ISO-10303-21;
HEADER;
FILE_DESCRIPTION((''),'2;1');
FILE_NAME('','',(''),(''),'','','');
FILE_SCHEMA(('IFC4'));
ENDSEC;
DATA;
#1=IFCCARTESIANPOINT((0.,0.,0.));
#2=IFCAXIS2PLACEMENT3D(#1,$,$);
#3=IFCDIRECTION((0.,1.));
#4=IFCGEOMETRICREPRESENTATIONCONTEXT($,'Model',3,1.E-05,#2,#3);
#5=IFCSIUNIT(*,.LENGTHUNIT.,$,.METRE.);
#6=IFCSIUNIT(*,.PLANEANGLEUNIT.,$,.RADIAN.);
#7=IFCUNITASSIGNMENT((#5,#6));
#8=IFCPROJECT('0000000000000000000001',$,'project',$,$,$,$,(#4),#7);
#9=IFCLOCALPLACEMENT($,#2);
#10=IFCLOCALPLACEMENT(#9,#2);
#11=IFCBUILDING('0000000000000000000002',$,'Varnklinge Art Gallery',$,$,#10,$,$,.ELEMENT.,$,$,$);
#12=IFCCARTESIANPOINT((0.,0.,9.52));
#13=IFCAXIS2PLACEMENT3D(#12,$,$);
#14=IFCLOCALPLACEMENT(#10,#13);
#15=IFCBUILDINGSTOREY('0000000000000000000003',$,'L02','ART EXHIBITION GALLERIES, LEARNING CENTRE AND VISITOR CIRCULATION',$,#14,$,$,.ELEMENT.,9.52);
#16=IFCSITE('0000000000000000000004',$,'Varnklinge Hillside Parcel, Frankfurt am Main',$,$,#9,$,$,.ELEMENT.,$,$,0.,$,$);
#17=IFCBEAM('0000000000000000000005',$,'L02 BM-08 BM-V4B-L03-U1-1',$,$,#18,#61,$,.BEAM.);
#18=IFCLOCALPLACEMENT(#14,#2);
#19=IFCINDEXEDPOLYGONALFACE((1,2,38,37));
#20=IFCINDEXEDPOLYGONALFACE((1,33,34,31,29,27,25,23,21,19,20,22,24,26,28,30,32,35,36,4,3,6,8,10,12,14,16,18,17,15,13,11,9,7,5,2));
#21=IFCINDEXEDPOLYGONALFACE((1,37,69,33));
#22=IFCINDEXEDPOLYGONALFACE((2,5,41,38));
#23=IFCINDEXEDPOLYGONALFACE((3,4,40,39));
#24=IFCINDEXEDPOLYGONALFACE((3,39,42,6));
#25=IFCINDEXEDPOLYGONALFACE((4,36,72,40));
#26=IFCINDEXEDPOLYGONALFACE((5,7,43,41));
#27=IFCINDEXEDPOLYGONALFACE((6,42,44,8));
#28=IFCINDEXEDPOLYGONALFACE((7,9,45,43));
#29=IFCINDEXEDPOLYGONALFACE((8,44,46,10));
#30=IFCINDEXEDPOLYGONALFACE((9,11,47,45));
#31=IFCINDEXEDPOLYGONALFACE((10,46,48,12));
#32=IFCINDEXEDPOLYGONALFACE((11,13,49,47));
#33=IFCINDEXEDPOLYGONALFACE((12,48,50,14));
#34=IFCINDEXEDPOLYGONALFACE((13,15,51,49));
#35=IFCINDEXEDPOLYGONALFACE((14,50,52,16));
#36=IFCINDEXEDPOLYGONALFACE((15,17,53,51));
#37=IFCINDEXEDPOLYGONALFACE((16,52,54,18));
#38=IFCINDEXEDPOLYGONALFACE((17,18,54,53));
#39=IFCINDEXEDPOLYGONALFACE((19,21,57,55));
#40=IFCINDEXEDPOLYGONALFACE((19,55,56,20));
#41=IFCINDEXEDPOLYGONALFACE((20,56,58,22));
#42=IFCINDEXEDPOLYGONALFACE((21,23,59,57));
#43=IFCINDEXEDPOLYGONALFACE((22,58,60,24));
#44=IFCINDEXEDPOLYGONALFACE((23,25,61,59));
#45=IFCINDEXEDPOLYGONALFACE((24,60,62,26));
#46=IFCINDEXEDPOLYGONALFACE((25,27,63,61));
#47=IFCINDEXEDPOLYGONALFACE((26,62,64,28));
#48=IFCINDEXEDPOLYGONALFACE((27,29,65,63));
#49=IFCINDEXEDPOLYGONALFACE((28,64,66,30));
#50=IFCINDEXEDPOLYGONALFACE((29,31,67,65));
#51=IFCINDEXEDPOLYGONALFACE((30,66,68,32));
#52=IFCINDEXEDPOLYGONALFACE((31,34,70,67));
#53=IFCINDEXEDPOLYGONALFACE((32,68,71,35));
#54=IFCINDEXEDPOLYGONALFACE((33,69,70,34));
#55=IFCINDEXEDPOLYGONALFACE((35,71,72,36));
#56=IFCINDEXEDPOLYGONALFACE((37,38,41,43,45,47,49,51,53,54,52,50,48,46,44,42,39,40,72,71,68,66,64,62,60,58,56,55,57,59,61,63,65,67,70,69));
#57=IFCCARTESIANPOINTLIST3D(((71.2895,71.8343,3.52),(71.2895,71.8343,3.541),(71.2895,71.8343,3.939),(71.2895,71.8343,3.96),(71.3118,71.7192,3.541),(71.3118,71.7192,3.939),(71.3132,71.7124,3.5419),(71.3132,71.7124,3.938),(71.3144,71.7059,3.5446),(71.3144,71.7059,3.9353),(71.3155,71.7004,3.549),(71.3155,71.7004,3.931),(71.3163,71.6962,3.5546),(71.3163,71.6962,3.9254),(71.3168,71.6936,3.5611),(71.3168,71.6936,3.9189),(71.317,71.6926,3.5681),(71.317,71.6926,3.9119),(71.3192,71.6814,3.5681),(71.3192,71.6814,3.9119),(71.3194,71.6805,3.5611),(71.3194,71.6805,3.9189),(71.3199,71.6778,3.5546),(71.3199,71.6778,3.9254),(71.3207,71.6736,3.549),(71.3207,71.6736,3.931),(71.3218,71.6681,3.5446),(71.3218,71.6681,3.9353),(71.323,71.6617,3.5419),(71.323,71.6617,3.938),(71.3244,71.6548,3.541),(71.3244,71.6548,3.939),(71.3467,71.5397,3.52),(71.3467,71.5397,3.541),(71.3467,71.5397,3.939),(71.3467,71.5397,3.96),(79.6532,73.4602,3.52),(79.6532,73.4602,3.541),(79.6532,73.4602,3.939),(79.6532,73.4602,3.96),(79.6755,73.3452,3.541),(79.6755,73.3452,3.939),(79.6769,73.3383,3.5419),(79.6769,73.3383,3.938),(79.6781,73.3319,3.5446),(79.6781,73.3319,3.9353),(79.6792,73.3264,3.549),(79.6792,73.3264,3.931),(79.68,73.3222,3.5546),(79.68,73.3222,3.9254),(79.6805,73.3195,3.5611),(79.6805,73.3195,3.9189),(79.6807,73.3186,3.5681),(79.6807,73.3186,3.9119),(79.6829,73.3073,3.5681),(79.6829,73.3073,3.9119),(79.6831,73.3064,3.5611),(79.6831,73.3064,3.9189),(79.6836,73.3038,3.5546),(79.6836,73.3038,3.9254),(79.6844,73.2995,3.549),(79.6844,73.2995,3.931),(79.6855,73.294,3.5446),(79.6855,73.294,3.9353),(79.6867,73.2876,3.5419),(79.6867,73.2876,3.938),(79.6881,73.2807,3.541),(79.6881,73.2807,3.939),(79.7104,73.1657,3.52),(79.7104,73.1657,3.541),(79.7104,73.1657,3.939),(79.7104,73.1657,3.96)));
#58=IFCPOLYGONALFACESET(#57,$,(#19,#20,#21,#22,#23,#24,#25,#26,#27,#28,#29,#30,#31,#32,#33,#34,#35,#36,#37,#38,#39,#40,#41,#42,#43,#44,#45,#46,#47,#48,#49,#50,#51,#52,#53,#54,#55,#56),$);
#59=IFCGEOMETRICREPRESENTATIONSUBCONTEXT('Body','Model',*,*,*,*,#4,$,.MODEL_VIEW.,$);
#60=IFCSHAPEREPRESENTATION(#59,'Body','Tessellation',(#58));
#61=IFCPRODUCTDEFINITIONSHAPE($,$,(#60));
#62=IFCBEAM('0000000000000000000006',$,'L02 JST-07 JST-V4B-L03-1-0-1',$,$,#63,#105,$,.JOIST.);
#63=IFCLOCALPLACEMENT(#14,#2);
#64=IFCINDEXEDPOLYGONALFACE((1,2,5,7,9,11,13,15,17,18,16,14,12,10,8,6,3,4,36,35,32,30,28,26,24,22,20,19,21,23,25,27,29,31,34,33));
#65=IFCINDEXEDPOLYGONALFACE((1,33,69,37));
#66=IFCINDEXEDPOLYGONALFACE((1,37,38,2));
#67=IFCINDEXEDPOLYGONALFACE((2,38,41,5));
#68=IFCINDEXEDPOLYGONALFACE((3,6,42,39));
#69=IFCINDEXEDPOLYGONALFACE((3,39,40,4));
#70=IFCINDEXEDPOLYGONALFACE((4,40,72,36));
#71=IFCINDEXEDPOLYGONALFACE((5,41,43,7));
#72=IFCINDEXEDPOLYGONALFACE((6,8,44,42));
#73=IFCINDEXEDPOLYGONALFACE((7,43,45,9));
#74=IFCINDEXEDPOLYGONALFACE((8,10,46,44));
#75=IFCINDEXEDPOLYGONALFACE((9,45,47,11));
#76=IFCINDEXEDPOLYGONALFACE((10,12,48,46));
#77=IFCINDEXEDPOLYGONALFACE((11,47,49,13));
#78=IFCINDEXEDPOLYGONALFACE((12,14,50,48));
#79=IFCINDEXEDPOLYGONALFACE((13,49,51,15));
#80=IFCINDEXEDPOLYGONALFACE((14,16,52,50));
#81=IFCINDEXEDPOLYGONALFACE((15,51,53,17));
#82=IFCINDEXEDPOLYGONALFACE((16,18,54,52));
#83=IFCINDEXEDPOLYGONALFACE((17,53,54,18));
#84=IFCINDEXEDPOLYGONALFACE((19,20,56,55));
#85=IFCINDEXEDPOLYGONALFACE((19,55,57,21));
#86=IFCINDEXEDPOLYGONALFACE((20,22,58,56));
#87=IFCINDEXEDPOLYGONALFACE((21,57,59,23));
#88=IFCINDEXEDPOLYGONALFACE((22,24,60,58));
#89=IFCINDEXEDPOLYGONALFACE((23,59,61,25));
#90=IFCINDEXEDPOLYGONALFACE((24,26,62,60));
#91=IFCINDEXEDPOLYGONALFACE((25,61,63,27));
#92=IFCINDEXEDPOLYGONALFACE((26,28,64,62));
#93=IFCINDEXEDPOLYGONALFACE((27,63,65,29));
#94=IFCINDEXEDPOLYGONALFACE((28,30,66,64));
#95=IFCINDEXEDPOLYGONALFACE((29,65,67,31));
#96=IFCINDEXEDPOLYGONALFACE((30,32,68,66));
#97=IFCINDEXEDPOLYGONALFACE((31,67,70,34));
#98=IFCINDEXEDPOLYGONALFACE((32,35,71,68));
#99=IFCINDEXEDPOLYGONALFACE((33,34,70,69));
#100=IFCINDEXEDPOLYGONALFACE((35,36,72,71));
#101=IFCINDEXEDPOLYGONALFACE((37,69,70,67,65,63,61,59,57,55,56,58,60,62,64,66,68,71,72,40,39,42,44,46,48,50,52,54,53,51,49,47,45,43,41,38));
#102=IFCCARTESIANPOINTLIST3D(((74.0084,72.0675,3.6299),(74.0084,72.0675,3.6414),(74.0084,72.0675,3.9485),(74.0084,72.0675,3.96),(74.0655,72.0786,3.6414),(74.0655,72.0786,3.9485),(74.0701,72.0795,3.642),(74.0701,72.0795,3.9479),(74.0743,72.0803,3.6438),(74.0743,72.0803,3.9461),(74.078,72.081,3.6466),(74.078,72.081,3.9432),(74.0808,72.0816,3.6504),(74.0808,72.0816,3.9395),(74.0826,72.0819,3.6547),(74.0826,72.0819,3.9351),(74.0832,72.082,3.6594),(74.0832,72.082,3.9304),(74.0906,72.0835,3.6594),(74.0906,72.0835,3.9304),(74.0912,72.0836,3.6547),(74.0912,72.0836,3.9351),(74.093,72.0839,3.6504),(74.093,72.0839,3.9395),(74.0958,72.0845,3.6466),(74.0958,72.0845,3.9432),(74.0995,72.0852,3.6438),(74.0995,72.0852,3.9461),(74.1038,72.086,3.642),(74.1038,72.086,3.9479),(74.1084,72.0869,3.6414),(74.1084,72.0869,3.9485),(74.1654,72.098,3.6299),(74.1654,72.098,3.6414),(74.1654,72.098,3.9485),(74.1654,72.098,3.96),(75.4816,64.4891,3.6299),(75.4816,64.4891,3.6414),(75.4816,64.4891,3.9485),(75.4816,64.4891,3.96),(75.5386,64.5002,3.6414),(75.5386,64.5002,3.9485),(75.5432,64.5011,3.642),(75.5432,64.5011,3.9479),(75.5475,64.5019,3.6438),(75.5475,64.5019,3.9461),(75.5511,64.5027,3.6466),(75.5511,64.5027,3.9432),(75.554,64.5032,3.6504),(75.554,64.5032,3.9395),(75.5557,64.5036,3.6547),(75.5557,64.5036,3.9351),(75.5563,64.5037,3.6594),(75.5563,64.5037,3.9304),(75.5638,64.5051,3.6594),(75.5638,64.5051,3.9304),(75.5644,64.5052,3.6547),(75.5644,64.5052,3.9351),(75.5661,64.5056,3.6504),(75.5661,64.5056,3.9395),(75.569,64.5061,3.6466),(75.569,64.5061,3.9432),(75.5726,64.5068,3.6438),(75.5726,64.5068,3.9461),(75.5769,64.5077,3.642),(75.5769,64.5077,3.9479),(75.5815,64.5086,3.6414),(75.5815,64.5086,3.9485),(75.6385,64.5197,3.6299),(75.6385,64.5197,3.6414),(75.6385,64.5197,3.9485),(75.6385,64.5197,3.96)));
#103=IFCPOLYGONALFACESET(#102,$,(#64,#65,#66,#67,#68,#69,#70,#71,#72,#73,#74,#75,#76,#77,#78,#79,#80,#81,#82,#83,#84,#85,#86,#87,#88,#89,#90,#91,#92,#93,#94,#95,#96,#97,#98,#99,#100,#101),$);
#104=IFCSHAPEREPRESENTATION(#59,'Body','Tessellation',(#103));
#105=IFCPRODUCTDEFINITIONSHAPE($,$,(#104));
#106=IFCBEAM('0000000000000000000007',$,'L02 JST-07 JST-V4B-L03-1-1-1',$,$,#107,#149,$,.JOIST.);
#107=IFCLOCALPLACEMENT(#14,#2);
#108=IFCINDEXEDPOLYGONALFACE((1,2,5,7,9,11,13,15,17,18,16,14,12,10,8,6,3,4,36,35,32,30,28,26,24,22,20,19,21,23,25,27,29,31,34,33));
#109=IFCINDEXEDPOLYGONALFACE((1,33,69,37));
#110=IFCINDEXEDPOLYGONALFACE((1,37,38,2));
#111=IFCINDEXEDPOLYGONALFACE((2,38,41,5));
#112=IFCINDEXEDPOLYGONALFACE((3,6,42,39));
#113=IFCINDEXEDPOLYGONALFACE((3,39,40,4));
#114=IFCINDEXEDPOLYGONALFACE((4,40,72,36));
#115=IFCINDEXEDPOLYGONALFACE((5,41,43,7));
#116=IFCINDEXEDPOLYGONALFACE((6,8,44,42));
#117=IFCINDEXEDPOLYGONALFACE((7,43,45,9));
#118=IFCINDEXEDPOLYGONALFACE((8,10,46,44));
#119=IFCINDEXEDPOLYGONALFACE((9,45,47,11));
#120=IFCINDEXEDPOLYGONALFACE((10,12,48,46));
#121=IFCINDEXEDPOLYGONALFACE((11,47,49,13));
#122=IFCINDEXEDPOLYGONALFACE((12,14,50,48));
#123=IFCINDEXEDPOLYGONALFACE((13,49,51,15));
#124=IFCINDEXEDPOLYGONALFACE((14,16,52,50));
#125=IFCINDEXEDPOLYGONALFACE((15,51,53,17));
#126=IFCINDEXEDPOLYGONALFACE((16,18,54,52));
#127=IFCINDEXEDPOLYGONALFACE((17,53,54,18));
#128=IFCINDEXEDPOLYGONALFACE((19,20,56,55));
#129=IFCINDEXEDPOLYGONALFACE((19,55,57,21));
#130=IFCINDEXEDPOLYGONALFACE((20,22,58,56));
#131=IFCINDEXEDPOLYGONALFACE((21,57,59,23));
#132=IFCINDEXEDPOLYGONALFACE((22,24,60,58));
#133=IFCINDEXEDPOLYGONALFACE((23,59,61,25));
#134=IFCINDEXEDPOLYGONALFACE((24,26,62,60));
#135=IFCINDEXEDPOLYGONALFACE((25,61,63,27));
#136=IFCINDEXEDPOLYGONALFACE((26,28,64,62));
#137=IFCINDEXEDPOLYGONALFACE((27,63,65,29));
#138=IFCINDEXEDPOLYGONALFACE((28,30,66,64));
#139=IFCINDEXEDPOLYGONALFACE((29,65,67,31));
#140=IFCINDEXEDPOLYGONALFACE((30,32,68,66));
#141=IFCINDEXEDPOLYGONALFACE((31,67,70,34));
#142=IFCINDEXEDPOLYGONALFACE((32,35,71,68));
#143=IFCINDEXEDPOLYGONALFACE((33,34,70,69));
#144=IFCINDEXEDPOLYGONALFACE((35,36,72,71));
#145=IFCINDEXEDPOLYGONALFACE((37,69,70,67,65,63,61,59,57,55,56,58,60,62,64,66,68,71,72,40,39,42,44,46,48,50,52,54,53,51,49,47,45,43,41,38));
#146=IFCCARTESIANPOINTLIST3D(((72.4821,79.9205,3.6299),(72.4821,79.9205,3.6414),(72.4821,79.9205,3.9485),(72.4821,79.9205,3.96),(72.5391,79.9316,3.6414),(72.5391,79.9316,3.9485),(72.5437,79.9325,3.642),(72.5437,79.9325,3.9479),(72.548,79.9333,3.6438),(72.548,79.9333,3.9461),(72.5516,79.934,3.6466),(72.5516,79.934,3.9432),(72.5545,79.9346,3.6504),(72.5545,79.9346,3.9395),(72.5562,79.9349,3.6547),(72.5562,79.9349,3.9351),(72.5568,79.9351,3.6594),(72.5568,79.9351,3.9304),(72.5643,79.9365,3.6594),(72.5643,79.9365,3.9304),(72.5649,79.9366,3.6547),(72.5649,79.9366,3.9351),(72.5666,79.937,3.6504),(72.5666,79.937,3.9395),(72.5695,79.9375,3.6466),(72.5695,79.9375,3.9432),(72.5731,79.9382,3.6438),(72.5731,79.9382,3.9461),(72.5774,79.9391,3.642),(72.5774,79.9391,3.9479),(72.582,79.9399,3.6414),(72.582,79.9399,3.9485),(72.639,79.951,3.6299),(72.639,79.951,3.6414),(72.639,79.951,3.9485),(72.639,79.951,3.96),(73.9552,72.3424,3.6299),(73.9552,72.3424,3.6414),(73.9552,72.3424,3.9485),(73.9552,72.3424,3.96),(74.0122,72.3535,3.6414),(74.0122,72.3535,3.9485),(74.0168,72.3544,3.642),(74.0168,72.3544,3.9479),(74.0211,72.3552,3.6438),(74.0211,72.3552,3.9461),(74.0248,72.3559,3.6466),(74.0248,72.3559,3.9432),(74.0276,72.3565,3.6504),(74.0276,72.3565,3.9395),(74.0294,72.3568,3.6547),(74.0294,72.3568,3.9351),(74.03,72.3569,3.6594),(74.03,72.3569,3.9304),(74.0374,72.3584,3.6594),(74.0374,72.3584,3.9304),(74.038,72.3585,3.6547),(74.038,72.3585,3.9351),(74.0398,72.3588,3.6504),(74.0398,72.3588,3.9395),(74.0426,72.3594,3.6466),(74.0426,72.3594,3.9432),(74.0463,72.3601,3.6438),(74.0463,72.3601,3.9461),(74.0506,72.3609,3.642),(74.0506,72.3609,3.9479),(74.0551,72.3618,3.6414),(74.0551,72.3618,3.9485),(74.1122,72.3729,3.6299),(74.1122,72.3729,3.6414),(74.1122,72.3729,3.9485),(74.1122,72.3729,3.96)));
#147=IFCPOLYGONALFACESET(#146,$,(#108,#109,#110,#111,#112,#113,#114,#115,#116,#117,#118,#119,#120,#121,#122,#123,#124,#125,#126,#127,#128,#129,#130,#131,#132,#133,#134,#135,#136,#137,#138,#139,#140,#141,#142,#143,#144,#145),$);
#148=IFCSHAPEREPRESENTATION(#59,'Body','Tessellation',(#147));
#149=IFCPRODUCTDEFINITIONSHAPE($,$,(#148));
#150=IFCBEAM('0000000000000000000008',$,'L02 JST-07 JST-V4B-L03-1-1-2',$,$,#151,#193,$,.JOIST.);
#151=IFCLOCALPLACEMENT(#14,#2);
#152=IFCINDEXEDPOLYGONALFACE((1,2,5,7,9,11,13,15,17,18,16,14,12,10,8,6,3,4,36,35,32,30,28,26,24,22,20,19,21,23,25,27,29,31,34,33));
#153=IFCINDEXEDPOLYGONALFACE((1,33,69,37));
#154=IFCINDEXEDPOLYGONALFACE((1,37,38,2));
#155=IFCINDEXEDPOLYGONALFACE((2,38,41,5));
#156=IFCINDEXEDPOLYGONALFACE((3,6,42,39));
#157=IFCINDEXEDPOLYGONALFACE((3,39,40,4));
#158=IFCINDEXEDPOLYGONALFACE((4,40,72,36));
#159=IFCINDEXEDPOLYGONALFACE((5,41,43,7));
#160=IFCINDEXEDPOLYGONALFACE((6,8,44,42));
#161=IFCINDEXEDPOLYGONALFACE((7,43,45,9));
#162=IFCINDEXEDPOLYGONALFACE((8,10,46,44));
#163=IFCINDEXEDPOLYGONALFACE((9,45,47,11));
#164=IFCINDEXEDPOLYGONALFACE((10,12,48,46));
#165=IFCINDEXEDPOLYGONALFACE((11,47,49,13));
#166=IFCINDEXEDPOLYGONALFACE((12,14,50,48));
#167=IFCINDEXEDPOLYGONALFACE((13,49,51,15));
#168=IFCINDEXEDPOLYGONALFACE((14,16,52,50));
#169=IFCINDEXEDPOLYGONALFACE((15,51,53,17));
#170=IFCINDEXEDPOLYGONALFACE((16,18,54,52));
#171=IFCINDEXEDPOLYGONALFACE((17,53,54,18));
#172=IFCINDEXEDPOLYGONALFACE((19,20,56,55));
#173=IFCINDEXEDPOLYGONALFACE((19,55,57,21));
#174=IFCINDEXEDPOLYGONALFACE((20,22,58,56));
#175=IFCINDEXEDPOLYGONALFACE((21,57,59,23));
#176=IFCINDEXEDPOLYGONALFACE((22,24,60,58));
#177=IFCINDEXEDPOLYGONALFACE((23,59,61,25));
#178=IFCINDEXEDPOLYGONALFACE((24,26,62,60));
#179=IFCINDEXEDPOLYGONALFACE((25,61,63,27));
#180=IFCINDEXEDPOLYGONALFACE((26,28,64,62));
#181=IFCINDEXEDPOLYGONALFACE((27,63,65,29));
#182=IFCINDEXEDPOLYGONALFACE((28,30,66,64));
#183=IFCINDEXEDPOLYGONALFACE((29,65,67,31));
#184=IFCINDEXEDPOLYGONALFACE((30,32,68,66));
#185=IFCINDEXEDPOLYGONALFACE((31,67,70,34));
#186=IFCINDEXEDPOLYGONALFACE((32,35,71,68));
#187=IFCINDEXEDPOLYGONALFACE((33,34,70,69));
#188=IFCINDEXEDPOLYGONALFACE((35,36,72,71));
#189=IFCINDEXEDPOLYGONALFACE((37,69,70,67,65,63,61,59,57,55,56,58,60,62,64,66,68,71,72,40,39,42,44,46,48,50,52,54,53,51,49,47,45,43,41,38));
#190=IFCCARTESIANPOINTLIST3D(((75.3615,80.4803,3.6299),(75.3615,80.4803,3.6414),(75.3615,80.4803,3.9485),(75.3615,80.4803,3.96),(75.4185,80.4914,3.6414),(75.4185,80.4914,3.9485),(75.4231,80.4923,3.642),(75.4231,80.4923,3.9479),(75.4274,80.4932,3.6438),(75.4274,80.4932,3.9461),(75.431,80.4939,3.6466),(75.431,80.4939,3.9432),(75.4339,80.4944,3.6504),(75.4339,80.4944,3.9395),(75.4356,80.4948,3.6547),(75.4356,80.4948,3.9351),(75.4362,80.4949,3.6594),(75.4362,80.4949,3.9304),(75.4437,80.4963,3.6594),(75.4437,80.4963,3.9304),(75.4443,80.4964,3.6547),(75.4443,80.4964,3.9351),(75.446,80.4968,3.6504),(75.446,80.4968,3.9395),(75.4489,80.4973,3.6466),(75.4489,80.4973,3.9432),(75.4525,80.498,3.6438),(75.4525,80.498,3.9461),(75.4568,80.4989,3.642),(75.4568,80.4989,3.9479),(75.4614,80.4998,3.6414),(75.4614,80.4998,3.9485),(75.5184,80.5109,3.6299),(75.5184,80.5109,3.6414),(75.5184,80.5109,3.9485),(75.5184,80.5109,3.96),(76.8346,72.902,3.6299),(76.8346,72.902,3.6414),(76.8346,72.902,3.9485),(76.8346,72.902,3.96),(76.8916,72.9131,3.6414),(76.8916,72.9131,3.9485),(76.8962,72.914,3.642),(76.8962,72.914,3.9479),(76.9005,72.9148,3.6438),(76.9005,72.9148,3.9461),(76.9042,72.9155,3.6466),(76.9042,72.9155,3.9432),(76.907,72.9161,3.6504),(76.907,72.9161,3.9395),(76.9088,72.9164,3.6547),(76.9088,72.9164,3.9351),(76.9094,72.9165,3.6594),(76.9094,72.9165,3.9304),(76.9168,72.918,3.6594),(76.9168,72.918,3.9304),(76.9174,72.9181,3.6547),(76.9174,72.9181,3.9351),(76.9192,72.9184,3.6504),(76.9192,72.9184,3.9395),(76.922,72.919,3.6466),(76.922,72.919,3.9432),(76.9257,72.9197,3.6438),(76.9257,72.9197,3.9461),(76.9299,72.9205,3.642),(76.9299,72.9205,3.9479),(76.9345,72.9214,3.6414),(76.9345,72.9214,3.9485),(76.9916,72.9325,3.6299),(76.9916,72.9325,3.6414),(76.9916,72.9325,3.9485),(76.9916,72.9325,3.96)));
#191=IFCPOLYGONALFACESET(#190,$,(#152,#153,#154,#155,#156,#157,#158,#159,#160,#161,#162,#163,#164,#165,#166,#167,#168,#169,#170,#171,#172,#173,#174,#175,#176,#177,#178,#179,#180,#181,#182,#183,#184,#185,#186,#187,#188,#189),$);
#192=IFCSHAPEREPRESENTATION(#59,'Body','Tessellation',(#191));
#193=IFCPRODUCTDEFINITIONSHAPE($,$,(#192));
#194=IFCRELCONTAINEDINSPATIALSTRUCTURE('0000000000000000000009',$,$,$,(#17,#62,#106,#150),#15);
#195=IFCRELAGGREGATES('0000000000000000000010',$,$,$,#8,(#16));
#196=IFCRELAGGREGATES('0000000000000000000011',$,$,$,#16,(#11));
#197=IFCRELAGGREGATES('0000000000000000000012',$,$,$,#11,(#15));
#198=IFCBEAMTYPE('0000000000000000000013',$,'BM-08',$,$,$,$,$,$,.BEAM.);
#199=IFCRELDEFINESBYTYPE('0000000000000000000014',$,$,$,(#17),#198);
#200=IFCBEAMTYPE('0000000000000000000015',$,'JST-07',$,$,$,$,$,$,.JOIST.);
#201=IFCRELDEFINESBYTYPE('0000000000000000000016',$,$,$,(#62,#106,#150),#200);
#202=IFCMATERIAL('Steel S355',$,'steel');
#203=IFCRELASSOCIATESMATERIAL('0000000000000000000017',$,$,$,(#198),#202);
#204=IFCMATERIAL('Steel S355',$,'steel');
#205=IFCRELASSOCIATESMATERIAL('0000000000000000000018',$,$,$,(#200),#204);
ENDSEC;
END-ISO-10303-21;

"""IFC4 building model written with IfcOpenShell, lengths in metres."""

from ifc_helpers import new_model, si_unit, direction, frame, origin, origin_2d, place, context, subcontext, project, spatial, i_section, extrude, material, material_profile, profile_set, type_object, element, save


model = new_model("IFC4")

# Units and contexts
model_context = context("Model", 3, precision=1e-05, world=origin(), true_north=direction((0.0, 1.0)))
body_context = subcontext(model_context, "Body", "Model", "MODEL_VIEW")
ifc_project = project(units=[si_unit("LENGTHUNIT", "METRE"), si_unit("PLANEANGLEUNIT", "RADIAN")], contexts=[model_context])

# Site, building, storey
site_placement = place(None, origin())
site = spatial("IfcSite", under=ifc_project, at=site_placement, Name="Varnklinge Hillside Parcel, Frankfurt am Main", CompositionType="ELEMENT", RefElevation=0.0)
building_placement = place(site_placement, origin())
building = spatial("IfcBuilding", under=site, at=building_placement, Name="Varnklinge Art Gallery", CompositionType="ELEMENT")
storey_placement = place(building_placement, frame((0.0, 0.0, 9.52)))
storey = spatial("IfcBuildingStorey", under=building, at=storey_placement, Name="L02", Description="ART EXHIBITION GALLERIES, LEARNING CENTRE AND VISITOR CIRCULATION", CompositionType="ELEMENT", Elevation=9.52)

# Beams
ifc_material_1 = material(Name="Steel S355", Category="steel")
ifc_material_profile_1 = material_profile(ifc_material_1, i_section(OverallWidth=0.3, OverallDepth=0.4399, WebThickness=0.0115, FlangeThickness=0.021, FilletRadius=0.0271, at=origin_2d()), Name="HEA 450")
ifc_profile_set_1 = profile_set([ifc_material_profile_1], Name="Steel S355")
beam_type_1 = type_object("IfcBeamType", Name="BM-08", PredefinedType="BEAM", material=ifc_profile_set_1)
beam_1_placement = place(storey_placement, frame((71.3181, 71.687, 3.74), z_axis=(0.981622, 0.190834, 0.0), x_axis=(-0.190834, 0.981622, 0.0)))
element("IfcBeam", 1, at=beam_1_placement, inside=storey, type_object=beam_type_1, Name="L02 BM-08 BM-V4B-L03-U1-1", PredefinedType="BEAM", context=body_context, shape_type="SweptSolid", body=[
    extrude(i_section(OverallWidth=0.3, OverallDepth=0.4399, WebThickness=0.0115, FlangeThickness=0.021, FilletRadius=0.0271, at=origin_2d()), origin(), (0.0, 0.0, 1.0), 8.5203),
])
ifc_material_2 = material(Name="Steel S355", Category="steel")
ifc_material_profile_2 = material_profile(ifc_material_2, i_section(OverallWidth=0.1599, OverallDepth=0.3301, WebThickness=0.0076, FlangeThickness=0.0115, FilletRadius=0.0181, at=origin_2d()), Name="IPE 330")
ifc_profile_set_2 = profile_set([ifc_material_profile_2], Name="Steel S355")
beam_type_2 = type_object("IfcBeamType", Name="JST-07", PredefinedType="JOIST", material=ifc_profile_set_2)
beam_2_placement = place(storey_placement, frame((75.5601, 64.5044, 3.7949), z_axis=(-0.190816, 0.981626, 0.0), x_axis=(-0.981626, -0.190816, 0.0)))
element("IfcBeam", 2, at=beam_2_placement, inside=storey, type_object=beam_type_2, Name="L02 JST-07 JST-V4B-L03-1-0-1", PredefinedType="JOIST", context=body_context, shape_type="SweptSolid", body=[
    extrude(i_section(OverallWidth=0.1599, OverallDepth=0.3301, WebThickness=0.0076, FlangeThickness=0.0115, FilletRadius=0.0181, at=origin_2d()), origin(), (0.0, 0.0, 1.0), 7.7202),
])
beam_3_placement = place(storey_placement, frame((74.0337, 72.3577, 3.7949), z_axis=(-0.190822, 0.981625, 0.0), x_axis=(-0.981625, -0.190822, 0.0)))
element("IfcBeam", 3, at=beam_3_placement, inside=storey, type_object=beam_type_2, Name="L02 JST-07 JST-V4B-L03-1-1-1", PredefinedType="JOIST", context=body_context, shape_type="SweptSolid", body=[
    extrude(i_section(OverallWidth=0.1599, OverallDepth=0.3301, WebThickness=0.0076, FlangeThickness=0.0115, FilletRadius=0.0181, at=origin_2d()), origin(), (0.0, 0.0, 1.0), 7.72),
])
beam_4_placement = place(storey_placement, frame((76.9131, 72.9172, 3.7949), z_axis=(-0.190816, 0.981626, 0.0), x_axis=(-0.981626, -0.190816, 0.0)))
element("IfcBeam", 4, at=beam_4_placement, inside=storey, type_object=beam_type_2, Name="L02 JST-07 JST-V4B-L03-1-1-2", PredefinedType="JOIST", context=body_context, shape_type="SweptSolid", body=[
    extrude(i_section(OverallWidth=0.1599, OverallDepth=0.3301, WebThickness=0.0076, FlangeThickness=0.0115, FilletRadius=0.0181, at=origin_2d()), origin(), (0.0, 0.0, 1.0), 7.7202),
])

save(model, "model.ifc")
